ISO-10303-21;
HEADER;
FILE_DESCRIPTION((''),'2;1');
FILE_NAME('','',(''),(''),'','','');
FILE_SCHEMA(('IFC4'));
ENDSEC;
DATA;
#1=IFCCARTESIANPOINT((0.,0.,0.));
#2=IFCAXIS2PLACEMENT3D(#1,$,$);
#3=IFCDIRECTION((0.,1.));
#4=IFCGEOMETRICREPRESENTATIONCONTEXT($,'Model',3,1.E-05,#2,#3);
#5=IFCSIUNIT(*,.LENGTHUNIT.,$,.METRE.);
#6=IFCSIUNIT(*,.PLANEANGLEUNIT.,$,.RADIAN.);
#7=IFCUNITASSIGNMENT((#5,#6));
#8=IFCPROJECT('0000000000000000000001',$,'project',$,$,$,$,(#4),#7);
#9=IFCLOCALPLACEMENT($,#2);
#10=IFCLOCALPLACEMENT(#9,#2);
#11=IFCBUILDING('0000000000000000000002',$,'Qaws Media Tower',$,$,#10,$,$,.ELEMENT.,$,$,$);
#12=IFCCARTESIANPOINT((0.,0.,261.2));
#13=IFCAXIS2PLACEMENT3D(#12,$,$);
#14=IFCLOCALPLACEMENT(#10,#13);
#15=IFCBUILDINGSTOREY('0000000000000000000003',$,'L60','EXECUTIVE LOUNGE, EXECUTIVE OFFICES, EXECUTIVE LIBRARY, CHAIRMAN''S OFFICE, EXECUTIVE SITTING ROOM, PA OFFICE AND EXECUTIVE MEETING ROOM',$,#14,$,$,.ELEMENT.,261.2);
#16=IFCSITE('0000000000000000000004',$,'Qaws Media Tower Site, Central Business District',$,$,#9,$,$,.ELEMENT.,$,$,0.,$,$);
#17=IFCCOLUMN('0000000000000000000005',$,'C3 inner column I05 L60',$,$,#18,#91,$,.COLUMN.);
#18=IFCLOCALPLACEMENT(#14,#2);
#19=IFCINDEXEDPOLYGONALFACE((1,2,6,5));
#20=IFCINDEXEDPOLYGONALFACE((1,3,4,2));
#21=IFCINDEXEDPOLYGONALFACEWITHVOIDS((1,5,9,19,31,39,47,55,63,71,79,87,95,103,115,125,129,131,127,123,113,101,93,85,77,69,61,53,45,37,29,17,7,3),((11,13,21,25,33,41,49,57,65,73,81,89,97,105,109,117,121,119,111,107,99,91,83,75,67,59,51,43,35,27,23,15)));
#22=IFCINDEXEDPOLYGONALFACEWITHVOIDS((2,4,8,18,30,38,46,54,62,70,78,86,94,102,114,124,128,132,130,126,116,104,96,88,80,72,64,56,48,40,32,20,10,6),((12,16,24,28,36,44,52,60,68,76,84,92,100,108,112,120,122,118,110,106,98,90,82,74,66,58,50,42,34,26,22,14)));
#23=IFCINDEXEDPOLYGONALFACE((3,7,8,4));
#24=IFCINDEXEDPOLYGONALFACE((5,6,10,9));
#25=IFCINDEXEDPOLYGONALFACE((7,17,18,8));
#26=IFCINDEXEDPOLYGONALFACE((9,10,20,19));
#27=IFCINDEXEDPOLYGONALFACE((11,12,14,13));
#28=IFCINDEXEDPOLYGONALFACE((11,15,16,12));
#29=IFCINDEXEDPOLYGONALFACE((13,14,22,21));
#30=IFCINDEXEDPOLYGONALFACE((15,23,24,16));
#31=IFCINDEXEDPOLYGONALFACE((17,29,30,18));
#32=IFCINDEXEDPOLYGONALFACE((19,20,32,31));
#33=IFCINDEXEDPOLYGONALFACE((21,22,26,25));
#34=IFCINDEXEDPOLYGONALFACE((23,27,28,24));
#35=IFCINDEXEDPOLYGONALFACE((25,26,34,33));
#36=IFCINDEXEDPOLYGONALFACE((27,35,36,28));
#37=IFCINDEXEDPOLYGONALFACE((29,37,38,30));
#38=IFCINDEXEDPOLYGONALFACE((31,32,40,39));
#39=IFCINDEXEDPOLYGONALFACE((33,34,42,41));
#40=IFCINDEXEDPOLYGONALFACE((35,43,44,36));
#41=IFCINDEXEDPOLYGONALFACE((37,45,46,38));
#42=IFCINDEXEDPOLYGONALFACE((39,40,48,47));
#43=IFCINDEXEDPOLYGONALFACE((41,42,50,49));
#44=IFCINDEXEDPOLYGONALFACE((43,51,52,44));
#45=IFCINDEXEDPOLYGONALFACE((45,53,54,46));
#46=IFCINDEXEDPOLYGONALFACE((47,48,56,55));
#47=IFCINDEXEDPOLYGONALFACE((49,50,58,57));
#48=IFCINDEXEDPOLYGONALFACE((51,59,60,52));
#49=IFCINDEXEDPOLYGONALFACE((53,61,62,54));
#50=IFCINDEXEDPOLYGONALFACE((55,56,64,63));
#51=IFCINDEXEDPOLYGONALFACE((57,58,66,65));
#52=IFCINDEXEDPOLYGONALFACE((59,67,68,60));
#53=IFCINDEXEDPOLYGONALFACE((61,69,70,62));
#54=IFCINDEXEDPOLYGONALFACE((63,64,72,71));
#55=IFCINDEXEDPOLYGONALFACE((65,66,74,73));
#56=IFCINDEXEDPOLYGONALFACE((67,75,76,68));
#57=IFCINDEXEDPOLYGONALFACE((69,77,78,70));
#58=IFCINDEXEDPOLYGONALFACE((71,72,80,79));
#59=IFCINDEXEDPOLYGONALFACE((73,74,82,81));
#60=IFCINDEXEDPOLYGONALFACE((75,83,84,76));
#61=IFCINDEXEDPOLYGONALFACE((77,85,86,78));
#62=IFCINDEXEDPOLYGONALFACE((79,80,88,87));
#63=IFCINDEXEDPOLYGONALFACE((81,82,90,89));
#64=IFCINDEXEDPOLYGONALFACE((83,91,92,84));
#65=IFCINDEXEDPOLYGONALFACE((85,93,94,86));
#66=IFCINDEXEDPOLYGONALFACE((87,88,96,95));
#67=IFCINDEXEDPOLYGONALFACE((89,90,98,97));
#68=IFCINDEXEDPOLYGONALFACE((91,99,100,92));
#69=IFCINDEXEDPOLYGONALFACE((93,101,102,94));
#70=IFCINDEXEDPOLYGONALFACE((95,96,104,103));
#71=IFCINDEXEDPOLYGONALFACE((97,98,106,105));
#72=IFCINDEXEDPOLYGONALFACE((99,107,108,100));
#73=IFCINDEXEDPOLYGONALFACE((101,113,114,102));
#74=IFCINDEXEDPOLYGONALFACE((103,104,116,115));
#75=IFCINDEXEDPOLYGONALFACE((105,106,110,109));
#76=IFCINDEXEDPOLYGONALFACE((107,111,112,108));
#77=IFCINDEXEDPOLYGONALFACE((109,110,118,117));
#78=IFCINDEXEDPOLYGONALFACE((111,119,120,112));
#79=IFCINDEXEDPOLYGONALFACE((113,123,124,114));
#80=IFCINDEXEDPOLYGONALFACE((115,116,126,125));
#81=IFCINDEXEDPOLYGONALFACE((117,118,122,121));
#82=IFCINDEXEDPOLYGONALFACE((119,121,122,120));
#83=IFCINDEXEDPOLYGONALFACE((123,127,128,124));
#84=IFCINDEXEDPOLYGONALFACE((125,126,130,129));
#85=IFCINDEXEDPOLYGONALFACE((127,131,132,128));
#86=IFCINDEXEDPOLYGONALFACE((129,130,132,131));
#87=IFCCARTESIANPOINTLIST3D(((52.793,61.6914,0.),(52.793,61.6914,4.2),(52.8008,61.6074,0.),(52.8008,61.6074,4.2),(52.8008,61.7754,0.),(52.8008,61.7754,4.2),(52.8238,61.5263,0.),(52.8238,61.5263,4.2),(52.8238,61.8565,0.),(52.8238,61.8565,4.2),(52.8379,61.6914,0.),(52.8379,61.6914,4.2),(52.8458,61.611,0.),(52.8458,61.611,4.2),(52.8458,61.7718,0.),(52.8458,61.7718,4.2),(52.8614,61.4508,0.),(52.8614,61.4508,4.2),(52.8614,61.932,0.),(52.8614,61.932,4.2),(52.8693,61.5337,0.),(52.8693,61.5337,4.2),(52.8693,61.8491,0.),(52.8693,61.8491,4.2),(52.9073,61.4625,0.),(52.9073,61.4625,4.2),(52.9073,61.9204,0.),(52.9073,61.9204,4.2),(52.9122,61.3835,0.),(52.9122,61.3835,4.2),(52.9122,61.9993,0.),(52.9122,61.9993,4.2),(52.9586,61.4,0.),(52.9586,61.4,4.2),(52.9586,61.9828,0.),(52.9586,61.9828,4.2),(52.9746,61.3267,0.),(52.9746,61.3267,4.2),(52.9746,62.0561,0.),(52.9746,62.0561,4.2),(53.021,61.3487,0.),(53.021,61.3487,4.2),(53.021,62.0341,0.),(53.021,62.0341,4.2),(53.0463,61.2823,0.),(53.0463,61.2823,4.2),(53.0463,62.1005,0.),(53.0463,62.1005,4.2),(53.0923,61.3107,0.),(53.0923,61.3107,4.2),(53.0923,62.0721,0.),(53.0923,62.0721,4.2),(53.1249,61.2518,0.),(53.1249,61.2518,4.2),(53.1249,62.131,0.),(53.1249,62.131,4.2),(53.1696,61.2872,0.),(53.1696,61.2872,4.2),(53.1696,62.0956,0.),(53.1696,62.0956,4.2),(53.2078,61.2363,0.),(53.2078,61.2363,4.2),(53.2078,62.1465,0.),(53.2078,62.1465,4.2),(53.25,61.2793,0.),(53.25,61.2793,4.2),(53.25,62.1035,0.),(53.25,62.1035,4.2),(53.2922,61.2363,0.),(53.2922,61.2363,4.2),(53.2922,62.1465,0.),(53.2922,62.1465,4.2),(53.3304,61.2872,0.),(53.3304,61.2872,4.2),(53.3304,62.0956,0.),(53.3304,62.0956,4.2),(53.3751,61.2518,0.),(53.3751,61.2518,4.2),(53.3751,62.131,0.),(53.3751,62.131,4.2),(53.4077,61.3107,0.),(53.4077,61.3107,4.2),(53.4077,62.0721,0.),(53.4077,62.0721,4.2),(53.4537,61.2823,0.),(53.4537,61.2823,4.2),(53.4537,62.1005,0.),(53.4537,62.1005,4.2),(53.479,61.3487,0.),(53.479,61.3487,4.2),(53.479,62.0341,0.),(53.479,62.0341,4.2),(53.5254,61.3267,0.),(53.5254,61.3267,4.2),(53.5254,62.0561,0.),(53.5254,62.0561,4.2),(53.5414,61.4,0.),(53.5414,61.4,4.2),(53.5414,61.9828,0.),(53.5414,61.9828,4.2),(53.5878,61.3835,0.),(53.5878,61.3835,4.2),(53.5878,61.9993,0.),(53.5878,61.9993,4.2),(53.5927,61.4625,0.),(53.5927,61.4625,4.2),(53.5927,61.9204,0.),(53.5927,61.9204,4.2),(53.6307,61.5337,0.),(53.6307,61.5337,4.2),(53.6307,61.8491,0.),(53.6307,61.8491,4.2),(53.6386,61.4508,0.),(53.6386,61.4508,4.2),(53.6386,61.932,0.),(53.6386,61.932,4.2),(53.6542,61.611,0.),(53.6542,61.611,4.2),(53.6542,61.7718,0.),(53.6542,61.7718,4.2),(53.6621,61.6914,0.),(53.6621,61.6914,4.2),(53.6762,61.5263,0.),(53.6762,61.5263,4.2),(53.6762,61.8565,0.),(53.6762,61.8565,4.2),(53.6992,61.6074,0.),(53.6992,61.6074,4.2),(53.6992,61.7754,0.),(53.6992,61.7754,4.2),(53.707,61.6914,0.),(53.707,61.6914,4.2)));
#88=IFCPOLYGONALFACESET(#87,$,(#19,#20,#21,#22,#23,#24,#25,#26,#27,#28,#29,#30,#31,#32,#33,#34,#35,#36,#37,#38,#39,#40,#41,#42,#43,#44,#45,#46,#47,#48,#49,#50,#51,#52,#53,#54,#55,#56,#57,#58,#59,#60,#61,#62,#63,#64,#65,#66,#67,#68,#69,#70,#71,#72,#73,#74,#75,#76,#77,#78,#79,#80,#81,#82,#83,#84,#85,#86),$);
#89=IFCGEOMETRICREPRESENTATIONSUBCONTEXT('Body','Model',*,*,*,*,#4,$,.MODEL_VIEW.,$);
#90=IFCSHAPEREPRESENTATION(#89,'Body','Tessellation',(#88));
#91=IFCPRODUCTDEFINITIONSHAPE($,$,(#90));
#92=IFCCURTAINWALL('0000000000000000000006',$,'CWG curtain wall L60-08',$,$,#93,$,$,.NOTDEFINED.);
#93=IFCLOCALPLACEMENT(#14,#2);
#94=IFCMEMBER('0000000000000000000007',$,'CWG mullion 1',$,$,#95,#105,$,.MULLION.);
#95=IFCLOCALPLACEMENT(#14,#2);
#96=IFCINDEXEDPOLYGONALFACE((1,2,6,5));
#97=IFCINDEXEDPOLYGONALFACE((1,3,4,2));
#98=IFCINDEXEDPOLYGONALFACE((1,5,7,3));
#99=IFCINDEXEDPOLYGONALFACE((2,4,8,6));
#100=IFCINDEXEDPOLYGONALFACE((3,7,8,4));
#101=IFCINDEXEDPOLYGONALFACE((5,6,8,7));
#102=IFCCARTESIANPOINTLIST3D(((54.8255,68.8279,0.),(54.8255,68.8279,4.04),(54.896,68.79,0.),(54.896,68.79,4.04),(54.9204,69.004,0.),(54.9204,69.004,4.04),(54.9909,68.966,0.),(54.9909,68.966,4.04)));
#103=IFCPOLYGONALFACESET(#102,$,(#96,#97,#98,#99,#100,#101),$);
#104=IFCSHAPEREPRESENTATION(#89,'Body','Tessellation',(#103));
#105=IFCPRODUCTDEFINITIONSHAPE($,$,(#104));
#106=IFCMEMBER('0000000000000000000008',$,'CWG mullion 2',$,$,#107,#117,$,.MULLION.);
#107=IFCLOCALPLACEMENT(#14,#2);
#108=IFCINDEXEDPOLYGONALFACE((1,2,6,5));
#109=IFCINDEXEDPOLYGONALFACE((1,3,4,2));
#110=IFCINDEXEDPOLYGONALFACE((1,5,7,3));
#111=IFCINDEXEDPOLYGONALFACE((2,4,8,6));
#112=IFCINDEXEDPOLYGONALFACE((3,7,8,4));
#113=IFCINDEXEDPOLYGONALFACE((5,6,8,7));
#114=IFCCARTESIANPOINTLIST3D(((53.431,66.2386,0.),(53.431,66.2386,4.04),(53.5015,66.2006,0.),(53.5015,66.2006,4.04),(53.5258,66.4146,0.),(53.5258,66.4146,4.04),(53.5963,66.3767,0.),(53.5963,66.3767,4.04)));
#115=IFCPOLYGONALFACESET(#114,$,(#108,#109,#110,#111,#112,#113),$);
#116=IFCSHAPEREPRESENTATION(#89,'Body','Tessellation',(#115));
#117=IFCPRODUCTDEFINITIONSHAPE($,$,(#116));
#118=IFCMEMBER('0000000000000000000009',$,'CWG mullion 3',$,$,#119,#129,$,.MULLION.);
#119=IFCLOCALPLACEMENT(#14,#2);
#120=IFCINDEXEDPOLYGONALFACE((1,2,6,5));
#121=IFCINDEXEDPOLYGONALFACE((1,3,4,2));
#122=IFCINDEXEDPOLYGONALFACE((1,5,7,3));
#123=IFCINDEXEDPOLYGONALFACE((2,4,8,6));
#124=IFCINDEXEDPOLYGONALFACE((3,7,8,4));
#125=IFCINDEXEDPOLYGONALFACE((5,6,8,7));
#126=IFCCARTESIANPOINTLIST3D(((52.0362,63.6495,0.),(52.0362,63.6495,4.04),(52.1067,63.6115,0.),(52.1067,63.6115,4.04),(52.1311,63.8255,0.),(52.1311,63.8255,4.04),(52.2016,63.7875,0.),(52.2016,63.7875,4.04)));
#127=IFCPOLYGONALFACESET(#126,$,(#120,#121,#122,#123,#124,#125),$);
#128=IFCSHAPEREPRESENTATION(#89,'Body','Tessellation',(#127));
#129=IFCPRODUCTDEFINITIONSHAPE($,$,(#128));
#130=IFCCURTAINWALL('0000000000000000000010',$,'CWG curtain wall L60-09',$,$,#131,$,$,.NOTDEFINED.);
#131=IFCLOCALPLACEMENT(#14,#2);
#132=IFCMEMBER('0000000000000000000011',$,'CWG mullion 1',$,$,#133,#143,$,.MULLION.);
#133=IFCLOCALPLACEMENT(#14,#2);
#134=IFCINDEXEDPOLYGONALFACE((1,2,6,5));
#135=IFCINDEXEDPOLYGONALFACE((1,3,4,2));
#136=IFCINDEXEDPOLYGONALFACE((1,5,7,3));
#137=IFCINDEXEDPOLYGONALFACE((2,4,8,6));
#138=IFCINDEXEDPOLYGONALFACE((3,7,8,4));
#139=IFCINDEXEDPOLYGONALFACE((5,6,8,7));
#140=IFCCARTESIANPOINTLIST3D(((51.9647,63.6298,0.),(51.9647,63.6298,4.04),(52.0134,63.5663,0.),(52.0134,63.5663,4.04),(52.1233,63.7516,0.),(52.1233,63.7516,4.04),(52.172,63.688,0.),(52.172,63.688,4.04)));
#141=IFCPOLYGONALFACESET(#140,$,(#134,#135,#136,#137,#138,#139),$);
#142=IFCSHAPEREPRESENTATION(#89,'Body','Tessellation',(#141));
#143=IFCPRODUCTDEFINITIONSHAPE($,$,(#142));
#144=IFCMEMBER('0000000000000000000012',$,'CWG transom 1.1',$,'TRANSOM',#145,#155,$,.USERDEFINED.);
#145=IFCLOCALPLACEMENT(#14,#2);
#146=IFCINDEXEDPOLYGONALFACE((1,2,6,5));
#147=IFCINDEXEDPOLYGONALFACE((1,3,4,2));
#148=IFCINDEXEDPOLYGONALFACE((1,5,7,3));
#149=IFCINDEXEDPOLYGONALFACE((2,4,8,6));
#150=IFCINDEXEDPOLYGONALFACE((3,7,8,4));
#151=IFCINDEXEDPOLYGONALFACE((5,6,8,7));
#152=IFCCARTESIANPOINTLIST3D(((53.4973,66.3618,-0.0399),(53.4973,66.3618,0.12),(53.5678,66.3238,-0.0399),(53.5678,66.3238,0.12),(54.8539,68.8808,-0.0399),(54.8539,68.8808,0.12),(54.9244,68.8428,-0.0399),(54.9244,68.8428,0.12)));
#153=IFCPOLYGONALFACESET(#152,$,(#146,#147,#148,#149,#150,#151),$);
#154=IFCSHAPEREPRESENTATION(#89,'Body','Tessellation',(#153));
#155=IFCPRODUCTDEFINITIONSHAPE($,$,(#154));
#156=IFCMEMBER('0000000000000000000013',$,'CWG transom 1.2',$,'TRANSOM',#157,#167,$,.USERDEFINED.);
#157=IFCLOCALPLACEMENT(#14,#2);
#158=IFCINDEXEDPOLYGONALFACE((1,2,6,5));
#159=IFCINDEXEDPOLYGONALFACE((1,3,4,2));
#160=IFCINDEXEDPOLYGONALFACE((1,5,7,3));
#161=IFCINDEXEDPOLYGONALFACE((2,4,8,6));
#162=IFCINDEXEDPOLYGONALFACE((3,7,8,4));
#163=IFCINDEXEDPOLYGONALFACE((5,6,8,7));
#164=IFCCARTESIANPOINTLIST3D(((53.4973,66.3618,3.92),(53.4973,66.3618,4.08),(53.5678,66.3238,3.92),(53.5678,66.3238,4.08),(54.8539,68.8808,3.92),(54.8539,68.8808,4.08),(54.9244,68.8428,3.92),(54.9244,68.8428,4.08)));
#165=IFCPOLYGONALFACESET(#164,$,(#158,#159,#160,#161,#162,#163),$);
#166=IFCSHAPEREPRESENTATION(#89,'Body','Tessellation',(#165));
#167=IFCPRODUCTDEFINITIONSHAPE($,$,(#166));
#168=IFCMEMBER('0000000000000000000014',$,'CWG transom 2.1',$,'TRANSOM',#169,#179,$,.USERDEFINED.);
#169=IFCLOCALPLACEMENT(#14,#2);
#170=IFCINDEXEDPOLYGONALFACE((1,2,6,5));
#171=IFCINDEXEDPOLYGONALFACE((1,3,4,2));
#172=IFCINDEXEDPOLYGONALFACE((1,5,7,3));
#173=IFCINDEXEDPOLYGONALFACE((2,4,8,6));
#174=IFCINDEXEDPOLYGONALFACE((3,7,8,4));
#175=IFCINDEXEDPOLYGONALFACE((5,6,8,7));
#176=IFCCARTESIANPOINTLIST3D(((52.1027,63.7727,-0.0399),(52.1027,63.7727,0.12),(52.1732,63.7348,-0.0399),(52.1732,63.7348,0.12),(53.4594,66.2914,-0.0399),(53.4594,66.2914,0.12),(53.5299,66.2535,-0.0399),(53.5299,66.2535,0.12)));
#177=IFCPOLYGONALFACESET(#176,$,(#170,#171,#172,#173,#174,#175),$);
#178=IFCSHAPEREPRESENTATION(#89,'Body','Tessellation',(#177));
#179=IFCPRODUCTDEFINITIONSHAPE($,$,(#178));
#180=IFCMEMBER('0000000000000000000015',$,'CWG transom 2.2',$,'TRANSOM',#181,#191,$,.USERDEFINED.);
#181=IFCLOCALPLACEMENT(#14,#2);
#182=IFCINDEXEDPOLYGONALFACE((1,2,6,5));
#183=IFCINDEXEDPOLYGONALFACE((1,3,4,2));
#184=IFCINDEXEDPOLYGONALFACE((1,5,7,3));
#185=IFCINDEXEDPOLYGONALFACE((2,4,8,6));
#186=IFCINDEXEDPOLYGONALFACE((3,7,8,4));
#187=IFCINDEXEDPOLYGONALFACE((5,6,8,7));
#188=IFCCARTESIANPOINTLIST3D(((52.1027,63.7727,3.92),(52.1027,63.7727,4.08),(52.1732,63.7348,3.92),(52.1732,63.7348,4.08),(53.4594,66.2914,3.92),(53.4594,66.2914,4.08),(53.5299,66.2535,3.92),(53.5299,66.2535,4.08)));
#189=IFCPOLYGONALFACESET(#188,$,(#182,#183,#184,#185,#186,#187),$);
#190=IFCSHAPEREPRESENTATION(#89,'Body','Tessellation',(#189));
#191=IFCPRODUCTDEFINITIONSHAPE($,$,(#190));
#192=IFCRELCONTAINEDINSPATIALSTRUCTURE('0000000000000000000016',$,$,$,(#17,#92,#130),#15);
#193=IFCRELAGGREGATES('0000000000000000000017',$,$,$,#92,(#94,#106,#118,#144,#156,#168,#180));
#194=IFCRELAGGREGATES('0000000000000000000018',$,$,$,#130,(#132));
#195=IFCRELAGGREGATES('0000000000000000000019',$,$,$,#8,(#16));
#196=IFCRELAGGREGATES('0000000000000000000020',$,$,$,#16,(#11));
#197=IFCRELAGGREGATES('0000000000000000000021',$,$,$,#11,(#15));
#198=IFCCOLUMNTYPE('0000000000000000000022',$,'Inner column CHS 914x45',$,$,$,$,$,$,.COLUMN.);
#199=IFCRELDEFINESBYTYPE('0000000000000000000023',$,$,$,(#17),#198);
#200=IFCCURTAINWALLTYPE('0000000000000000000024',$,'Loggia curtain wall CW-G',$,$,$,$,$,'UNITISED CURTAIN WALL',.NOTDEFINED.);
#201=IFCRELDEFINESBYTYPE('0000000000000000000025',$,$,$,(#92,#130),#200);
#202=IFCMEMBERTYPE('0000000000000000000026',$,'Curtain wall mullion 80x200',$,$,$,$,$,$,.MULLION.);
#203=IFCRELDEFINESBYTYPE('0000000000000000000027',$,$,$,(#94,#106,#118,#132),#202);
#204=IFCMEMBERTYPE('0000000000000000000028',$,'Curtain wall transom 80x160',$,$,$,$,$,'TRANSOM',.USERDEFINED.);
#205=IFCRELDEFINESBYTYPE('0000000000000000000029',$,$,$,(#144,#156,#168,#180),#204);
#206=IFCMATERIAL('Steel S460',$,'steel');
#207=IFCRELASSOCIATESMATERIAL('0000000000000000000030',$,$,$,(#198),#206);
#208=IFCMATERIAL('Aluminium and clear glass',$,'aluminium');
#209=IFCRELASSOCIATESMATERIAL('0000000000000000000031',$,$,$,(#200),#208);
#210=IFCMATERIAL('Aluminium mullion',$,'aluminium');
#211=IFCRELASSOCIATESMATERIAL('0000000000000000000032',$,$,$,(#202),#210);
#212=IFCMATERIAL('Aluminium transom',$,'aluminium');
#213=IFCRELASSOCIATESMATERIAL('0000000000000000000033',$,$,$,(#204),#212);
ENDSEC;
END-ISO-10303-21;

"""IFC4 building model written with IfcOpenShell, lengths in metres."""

from ifc_helpers import new_model, si_unit, direction, frame, origin, origin_2d, place, context, subcontext, project, spatial, rectangle, hollow_circle, extrude, material, material_profile, profile_set, type_object, element, aggregate, save


model = new_model("IFC4")

# Units and contexts
model_context = context("Model", 3, precision=1e-05, world=origin(), true_north=direction((0.0, 1.0)))
body_context = subcontext(model_context, "Body", "Model", "MODEL_VIEW")
ifc_project = project(units=[si_unit("LENGTHUNIT", "METRE"), si_unit("PLANEANGLEUNIT", "RADIAN")], contexts=[model_context])

# Site, building, storey
site_placement = place(None, origin())
site = spatial("IfcSite", under=ifc_project, at=site_placement, Name="Qaws Media Tower Site, Central Business District", CompositionType="ELEMENT", RefElevation=0.0)
building_placement = place(site_placement, origin())
building = spatial("IfcBuilding", under=site, at=building_placement, Name="Qaws Media Tower", CompositionType="ELEMENT")
storey_placement = place(building_placement, frame((0.0, 0.0, 261.2)))
storey = spatial("IfcBuildingStorey", under=building, at=storey_placement, Name="L60", Description="EXECUTIVE LOUNGE, EXECUTIVE OFFICES, EXECUTIVE LIBRARY, CHAIRMAN'S OFFICE, EXECUTIVE SITTING ROOM, PA OFFICE AND EXECUTIVE MEETING ROOM", CompositionType="ELEMENT", Elevation=261.2)

# Column
ifc_material_1 = material(Name="Steel S460", Category="steel")
ifc_material_profile_1 = material_profile(ifc_material_1, hollow_circle(Radius=0.457, WallThickness=0.0449, at=origin_2d()), Name="CHS 914x45")
ifc_profile_set_1 = profile_set([ifc_material_profile_1], Name="Steel S460")
column_type = type_object("IfcColumnType", Name="Inner column CHS 914x45", PredefinedType="COLUMN", material=ifc_profile_set_1)
column_placement = place(storey_placement, frame((53.25, 61.6914, 0.0), z_axis=(0.0, 0.0, 1.0), x_axis=(1.0, 0.0, 0.0)))
element("IfcColumn", 1, at=column_placement, inside=storey, type_object=column_type, Name="C3 inner column I05 L60", PredefinedType="COLUMN", context=body_context, shape_type="SweptSolid", body=[
    extrude(hollow_circle(Radius=0.457, WallThickness=0.0449, at=origin_2d()), origin(), (0.0, 0.0, 1.0), 4.2),
])

# Curtain wall, members
ifc_material_2 = material(Name="Aluminium and clear glass", Category="aluminium")
curtain_wall_type = type_object("IfcCurtainWallType", Name="Loggia curtain wall CW-G", ElementType="UNITISED CURTAIN WALL", PredefinedType="NOTDEFINED", material=ifc_material_2)
curtain_wall_1_placement = place(storey_placement, origin())
curtain_wall_1 = element("IfcCurtainWall", 2, at=curtain_wall_1_placement, inside=storey, type_object=curtain_wall_type, Name="CWG curtain wall L60-08", PredefinedType="NOTDEFINED")
ifc_material_3 = material(Name="Aluminium mullion", Category="aluminium")
ifc_material_profile_2 = material_profile(ifc_material_3, rectangle(XDim=0.0801, YDim=0.2, at=origin_2d()), Name="80x200")
ifc_profile_set_2 = profile_set([ifc_material_profile_2], Name="Aluminium mullion")
member_type_1 = type_object("IfcMemberType", Name="Curtain wall mullion 80x200", PredefinedType="MULLION", material=ifc_profile_set_2)
member_1_placement = place(storey_placement, frame((54.9082, 68.897, 0.0), z_axis=(0.0, 0.0, 1.0), x_axis=(0.880416, -0.474203, 0.0)))
member_1 = element("IfcMember", 3, at=member_1_placement, type_object=member_type_1, Name="CWG mullion 1", PredefinedType="MULLION", context=body_context, shape_type="SweptSolid", body=[
    extrude(rectangle(XDim=0.0801, YDim=0.2, at=origin_2d()), origin(), (0.0, 0.0, 1.0), 4.04),
])
member_2_placement = place(storey_placement, frame((53.5137, 66.3076, 0.0), z_axis=(0.0, 0.0, 1.0), x_axis=(0.880416, -0.474203, 0.0)))
member_2 = element("IfcMember", 4, at=member_2_placement, type_object=member_type_1, Name="CWG mullion 2", PredefinedType="MULLION", context=body_context, shape_type="SweptSolid", body=[
    extrude(rectangle(XDim=0.0801, YDim=0.2, at=origin_2d()), origin(), (0.0, 0.0, 1.0), 4.04),
])
member_3_placement = place(storey_placement, frame((52.1189, 63.7185, 0.0), z_axis=(0.0, 0.0, 1.0), x_axis=(0.880416, -0.474203, 0.0)))
member_3 = element("IfcMember", 5, at=member_3_placement, type_object=member_type_1, Name="CWG mullion 3", PredefinedType="MULLION", context=body_context, shape_type="SweptSolid", body=[
    extrude(rectangle(XDim=0.0801, YDim=0.2, at=origin_2d()), origin(), (0.0, 0.0, 1.0), 4.04),
])

# Curtain wall, member
curtain_wall_2_placement = place(storey_placement, origin())
curtain_wall_2 = element("IfcCurtainWall", 6, at=curtain_wall_2_placement, inside=storey, type_object=curtain_wall_type, Name="CWG curtain wall L60-09", PredefinedType="NOTDEFINED")
member_4_placement = place(storey_placement, frame((52.0684, 63.6589, 0.0), z_axis=(0.0, 0.0, 1.0), x_axis=(0.608761, -0.793353, 0.0)))
member_4 = element("IfcMember", 7, at=member_4_placement, type_object=member_type_1, Name="CWG mullion 1", PredefinedType="MULLION", context=body_context, shape_type="SweptSolid", body=[
    extrude(rectangle(XDim=0.0801, YDim=0.2, at=origin_2d()), origin(), (0.0, 0.0, 1.0), 4.04),
])

# Members
ifc_material_4 = material(Name="Aluminium transom", Category="aluminium")
ifc_material_profile_3 = material_profile(ifc_material_4, rectangle(XDim=0.0801, YDim=0.1599, at=origin_2d()), Name="80x160")
ifc_profile_set_3 = profile_set([ifc_material_profile_3], Name="Aluminium transom")
member_type_2 = type_object("IfcMemberType", Name="Curtain wall transom 80x160", ElementType="TRANSOM", PredefinedType="USERDEFINED", material=ifc_profile_set_3)
member_5_placement = place(storey_placement, frame((54.8892, 68.8618, 0.04), z_axis=(-0.474176, -0.88043, 0.0), x_axis=(0.88043, -0.474176, 0.0)))
member_5 = element("IfcMember", 8, at=member_5_placement, type_object=member_type_2, Name="CWG transom 1.1", ObjectType="TRANSOM", PredefinedType="USERDEFINED", context=body_context, shape_type="SweptSolid", body=[
    extrude(rectangle(XDim=0.0801, YDim=0.1599, at=origin_2d()), origin(), (0.0, 0.0, 1.0), 2.8611),
])
member_6_placement = place(storey_placement, frame((54.8892, 68.8618, 4.0), z_axis=(-0.474176, -0.88043, 0.0), x_axis=(0.88043, -0.474176, 0.0)))
member_6 = element("IfcMember", 9, at=member_6_placement, type_object=member_type_2, Name="CWG transom 1.2", ObjectType="TRANSOM", PredefinedType="USERDEFINED", context=body_context, shape_type="SweptSolid", body=[
    extrude(rectangle(XDim=0.0801, YDim=0.1599, at=origin_2d()), origin(), (0.0, 0.0, 1.0), 2.8611),
])
member_7_placement = place(storey_placement, frame((53.4946, 66.2725, 0.04), z_axis=(-0.474212, -0.880411, 0.0), x_axis=(0.880411, -0.474212, 0.0)))
member_7 = element("IfcMember", 10, at=member_7_placement, type_object=member_type_2, Name="CWG transom 2.1", ObjectType="TRANSOM", PredefinedType="USERDEFINED", context=body_context, shape_type="SweptSolid", body=[
    extrude(rectangle(XDim=0.0801, YDim=0.1599, at=origin_2d()), origin(), (0.0, 0.0, 1.0), 2.8608),
])
member_8_placement = place(storey_placement, frame((53.4946, 66.2725, 4.0), z_axis=(-0.474212, -0.880411, 0.0), x_axis=(0.880411, -0.474212, 0.0)))
member_8 = element("IfcMember", 11, at=member_8_placement, type_object=member_type_2, Name="CWG transom 2.2", ObjectType="TRANSOM", PredefinedType="USERDEFINED", context=body_context, shape_type="SweptSolid", body=[
    extrude(rectangle(XDim=0.0801, YDim=0.1599, at=origin_2d()), origin(), (0.0, 0.0, 1.0), 2.8608),
])

aggregate(curtain_wall_1, [member_1, member_2, member_3, member_5, member_6, member_7, member_8])
aggregate(curtain_wall_2, [member_4])

save(model, "model.ifc")
